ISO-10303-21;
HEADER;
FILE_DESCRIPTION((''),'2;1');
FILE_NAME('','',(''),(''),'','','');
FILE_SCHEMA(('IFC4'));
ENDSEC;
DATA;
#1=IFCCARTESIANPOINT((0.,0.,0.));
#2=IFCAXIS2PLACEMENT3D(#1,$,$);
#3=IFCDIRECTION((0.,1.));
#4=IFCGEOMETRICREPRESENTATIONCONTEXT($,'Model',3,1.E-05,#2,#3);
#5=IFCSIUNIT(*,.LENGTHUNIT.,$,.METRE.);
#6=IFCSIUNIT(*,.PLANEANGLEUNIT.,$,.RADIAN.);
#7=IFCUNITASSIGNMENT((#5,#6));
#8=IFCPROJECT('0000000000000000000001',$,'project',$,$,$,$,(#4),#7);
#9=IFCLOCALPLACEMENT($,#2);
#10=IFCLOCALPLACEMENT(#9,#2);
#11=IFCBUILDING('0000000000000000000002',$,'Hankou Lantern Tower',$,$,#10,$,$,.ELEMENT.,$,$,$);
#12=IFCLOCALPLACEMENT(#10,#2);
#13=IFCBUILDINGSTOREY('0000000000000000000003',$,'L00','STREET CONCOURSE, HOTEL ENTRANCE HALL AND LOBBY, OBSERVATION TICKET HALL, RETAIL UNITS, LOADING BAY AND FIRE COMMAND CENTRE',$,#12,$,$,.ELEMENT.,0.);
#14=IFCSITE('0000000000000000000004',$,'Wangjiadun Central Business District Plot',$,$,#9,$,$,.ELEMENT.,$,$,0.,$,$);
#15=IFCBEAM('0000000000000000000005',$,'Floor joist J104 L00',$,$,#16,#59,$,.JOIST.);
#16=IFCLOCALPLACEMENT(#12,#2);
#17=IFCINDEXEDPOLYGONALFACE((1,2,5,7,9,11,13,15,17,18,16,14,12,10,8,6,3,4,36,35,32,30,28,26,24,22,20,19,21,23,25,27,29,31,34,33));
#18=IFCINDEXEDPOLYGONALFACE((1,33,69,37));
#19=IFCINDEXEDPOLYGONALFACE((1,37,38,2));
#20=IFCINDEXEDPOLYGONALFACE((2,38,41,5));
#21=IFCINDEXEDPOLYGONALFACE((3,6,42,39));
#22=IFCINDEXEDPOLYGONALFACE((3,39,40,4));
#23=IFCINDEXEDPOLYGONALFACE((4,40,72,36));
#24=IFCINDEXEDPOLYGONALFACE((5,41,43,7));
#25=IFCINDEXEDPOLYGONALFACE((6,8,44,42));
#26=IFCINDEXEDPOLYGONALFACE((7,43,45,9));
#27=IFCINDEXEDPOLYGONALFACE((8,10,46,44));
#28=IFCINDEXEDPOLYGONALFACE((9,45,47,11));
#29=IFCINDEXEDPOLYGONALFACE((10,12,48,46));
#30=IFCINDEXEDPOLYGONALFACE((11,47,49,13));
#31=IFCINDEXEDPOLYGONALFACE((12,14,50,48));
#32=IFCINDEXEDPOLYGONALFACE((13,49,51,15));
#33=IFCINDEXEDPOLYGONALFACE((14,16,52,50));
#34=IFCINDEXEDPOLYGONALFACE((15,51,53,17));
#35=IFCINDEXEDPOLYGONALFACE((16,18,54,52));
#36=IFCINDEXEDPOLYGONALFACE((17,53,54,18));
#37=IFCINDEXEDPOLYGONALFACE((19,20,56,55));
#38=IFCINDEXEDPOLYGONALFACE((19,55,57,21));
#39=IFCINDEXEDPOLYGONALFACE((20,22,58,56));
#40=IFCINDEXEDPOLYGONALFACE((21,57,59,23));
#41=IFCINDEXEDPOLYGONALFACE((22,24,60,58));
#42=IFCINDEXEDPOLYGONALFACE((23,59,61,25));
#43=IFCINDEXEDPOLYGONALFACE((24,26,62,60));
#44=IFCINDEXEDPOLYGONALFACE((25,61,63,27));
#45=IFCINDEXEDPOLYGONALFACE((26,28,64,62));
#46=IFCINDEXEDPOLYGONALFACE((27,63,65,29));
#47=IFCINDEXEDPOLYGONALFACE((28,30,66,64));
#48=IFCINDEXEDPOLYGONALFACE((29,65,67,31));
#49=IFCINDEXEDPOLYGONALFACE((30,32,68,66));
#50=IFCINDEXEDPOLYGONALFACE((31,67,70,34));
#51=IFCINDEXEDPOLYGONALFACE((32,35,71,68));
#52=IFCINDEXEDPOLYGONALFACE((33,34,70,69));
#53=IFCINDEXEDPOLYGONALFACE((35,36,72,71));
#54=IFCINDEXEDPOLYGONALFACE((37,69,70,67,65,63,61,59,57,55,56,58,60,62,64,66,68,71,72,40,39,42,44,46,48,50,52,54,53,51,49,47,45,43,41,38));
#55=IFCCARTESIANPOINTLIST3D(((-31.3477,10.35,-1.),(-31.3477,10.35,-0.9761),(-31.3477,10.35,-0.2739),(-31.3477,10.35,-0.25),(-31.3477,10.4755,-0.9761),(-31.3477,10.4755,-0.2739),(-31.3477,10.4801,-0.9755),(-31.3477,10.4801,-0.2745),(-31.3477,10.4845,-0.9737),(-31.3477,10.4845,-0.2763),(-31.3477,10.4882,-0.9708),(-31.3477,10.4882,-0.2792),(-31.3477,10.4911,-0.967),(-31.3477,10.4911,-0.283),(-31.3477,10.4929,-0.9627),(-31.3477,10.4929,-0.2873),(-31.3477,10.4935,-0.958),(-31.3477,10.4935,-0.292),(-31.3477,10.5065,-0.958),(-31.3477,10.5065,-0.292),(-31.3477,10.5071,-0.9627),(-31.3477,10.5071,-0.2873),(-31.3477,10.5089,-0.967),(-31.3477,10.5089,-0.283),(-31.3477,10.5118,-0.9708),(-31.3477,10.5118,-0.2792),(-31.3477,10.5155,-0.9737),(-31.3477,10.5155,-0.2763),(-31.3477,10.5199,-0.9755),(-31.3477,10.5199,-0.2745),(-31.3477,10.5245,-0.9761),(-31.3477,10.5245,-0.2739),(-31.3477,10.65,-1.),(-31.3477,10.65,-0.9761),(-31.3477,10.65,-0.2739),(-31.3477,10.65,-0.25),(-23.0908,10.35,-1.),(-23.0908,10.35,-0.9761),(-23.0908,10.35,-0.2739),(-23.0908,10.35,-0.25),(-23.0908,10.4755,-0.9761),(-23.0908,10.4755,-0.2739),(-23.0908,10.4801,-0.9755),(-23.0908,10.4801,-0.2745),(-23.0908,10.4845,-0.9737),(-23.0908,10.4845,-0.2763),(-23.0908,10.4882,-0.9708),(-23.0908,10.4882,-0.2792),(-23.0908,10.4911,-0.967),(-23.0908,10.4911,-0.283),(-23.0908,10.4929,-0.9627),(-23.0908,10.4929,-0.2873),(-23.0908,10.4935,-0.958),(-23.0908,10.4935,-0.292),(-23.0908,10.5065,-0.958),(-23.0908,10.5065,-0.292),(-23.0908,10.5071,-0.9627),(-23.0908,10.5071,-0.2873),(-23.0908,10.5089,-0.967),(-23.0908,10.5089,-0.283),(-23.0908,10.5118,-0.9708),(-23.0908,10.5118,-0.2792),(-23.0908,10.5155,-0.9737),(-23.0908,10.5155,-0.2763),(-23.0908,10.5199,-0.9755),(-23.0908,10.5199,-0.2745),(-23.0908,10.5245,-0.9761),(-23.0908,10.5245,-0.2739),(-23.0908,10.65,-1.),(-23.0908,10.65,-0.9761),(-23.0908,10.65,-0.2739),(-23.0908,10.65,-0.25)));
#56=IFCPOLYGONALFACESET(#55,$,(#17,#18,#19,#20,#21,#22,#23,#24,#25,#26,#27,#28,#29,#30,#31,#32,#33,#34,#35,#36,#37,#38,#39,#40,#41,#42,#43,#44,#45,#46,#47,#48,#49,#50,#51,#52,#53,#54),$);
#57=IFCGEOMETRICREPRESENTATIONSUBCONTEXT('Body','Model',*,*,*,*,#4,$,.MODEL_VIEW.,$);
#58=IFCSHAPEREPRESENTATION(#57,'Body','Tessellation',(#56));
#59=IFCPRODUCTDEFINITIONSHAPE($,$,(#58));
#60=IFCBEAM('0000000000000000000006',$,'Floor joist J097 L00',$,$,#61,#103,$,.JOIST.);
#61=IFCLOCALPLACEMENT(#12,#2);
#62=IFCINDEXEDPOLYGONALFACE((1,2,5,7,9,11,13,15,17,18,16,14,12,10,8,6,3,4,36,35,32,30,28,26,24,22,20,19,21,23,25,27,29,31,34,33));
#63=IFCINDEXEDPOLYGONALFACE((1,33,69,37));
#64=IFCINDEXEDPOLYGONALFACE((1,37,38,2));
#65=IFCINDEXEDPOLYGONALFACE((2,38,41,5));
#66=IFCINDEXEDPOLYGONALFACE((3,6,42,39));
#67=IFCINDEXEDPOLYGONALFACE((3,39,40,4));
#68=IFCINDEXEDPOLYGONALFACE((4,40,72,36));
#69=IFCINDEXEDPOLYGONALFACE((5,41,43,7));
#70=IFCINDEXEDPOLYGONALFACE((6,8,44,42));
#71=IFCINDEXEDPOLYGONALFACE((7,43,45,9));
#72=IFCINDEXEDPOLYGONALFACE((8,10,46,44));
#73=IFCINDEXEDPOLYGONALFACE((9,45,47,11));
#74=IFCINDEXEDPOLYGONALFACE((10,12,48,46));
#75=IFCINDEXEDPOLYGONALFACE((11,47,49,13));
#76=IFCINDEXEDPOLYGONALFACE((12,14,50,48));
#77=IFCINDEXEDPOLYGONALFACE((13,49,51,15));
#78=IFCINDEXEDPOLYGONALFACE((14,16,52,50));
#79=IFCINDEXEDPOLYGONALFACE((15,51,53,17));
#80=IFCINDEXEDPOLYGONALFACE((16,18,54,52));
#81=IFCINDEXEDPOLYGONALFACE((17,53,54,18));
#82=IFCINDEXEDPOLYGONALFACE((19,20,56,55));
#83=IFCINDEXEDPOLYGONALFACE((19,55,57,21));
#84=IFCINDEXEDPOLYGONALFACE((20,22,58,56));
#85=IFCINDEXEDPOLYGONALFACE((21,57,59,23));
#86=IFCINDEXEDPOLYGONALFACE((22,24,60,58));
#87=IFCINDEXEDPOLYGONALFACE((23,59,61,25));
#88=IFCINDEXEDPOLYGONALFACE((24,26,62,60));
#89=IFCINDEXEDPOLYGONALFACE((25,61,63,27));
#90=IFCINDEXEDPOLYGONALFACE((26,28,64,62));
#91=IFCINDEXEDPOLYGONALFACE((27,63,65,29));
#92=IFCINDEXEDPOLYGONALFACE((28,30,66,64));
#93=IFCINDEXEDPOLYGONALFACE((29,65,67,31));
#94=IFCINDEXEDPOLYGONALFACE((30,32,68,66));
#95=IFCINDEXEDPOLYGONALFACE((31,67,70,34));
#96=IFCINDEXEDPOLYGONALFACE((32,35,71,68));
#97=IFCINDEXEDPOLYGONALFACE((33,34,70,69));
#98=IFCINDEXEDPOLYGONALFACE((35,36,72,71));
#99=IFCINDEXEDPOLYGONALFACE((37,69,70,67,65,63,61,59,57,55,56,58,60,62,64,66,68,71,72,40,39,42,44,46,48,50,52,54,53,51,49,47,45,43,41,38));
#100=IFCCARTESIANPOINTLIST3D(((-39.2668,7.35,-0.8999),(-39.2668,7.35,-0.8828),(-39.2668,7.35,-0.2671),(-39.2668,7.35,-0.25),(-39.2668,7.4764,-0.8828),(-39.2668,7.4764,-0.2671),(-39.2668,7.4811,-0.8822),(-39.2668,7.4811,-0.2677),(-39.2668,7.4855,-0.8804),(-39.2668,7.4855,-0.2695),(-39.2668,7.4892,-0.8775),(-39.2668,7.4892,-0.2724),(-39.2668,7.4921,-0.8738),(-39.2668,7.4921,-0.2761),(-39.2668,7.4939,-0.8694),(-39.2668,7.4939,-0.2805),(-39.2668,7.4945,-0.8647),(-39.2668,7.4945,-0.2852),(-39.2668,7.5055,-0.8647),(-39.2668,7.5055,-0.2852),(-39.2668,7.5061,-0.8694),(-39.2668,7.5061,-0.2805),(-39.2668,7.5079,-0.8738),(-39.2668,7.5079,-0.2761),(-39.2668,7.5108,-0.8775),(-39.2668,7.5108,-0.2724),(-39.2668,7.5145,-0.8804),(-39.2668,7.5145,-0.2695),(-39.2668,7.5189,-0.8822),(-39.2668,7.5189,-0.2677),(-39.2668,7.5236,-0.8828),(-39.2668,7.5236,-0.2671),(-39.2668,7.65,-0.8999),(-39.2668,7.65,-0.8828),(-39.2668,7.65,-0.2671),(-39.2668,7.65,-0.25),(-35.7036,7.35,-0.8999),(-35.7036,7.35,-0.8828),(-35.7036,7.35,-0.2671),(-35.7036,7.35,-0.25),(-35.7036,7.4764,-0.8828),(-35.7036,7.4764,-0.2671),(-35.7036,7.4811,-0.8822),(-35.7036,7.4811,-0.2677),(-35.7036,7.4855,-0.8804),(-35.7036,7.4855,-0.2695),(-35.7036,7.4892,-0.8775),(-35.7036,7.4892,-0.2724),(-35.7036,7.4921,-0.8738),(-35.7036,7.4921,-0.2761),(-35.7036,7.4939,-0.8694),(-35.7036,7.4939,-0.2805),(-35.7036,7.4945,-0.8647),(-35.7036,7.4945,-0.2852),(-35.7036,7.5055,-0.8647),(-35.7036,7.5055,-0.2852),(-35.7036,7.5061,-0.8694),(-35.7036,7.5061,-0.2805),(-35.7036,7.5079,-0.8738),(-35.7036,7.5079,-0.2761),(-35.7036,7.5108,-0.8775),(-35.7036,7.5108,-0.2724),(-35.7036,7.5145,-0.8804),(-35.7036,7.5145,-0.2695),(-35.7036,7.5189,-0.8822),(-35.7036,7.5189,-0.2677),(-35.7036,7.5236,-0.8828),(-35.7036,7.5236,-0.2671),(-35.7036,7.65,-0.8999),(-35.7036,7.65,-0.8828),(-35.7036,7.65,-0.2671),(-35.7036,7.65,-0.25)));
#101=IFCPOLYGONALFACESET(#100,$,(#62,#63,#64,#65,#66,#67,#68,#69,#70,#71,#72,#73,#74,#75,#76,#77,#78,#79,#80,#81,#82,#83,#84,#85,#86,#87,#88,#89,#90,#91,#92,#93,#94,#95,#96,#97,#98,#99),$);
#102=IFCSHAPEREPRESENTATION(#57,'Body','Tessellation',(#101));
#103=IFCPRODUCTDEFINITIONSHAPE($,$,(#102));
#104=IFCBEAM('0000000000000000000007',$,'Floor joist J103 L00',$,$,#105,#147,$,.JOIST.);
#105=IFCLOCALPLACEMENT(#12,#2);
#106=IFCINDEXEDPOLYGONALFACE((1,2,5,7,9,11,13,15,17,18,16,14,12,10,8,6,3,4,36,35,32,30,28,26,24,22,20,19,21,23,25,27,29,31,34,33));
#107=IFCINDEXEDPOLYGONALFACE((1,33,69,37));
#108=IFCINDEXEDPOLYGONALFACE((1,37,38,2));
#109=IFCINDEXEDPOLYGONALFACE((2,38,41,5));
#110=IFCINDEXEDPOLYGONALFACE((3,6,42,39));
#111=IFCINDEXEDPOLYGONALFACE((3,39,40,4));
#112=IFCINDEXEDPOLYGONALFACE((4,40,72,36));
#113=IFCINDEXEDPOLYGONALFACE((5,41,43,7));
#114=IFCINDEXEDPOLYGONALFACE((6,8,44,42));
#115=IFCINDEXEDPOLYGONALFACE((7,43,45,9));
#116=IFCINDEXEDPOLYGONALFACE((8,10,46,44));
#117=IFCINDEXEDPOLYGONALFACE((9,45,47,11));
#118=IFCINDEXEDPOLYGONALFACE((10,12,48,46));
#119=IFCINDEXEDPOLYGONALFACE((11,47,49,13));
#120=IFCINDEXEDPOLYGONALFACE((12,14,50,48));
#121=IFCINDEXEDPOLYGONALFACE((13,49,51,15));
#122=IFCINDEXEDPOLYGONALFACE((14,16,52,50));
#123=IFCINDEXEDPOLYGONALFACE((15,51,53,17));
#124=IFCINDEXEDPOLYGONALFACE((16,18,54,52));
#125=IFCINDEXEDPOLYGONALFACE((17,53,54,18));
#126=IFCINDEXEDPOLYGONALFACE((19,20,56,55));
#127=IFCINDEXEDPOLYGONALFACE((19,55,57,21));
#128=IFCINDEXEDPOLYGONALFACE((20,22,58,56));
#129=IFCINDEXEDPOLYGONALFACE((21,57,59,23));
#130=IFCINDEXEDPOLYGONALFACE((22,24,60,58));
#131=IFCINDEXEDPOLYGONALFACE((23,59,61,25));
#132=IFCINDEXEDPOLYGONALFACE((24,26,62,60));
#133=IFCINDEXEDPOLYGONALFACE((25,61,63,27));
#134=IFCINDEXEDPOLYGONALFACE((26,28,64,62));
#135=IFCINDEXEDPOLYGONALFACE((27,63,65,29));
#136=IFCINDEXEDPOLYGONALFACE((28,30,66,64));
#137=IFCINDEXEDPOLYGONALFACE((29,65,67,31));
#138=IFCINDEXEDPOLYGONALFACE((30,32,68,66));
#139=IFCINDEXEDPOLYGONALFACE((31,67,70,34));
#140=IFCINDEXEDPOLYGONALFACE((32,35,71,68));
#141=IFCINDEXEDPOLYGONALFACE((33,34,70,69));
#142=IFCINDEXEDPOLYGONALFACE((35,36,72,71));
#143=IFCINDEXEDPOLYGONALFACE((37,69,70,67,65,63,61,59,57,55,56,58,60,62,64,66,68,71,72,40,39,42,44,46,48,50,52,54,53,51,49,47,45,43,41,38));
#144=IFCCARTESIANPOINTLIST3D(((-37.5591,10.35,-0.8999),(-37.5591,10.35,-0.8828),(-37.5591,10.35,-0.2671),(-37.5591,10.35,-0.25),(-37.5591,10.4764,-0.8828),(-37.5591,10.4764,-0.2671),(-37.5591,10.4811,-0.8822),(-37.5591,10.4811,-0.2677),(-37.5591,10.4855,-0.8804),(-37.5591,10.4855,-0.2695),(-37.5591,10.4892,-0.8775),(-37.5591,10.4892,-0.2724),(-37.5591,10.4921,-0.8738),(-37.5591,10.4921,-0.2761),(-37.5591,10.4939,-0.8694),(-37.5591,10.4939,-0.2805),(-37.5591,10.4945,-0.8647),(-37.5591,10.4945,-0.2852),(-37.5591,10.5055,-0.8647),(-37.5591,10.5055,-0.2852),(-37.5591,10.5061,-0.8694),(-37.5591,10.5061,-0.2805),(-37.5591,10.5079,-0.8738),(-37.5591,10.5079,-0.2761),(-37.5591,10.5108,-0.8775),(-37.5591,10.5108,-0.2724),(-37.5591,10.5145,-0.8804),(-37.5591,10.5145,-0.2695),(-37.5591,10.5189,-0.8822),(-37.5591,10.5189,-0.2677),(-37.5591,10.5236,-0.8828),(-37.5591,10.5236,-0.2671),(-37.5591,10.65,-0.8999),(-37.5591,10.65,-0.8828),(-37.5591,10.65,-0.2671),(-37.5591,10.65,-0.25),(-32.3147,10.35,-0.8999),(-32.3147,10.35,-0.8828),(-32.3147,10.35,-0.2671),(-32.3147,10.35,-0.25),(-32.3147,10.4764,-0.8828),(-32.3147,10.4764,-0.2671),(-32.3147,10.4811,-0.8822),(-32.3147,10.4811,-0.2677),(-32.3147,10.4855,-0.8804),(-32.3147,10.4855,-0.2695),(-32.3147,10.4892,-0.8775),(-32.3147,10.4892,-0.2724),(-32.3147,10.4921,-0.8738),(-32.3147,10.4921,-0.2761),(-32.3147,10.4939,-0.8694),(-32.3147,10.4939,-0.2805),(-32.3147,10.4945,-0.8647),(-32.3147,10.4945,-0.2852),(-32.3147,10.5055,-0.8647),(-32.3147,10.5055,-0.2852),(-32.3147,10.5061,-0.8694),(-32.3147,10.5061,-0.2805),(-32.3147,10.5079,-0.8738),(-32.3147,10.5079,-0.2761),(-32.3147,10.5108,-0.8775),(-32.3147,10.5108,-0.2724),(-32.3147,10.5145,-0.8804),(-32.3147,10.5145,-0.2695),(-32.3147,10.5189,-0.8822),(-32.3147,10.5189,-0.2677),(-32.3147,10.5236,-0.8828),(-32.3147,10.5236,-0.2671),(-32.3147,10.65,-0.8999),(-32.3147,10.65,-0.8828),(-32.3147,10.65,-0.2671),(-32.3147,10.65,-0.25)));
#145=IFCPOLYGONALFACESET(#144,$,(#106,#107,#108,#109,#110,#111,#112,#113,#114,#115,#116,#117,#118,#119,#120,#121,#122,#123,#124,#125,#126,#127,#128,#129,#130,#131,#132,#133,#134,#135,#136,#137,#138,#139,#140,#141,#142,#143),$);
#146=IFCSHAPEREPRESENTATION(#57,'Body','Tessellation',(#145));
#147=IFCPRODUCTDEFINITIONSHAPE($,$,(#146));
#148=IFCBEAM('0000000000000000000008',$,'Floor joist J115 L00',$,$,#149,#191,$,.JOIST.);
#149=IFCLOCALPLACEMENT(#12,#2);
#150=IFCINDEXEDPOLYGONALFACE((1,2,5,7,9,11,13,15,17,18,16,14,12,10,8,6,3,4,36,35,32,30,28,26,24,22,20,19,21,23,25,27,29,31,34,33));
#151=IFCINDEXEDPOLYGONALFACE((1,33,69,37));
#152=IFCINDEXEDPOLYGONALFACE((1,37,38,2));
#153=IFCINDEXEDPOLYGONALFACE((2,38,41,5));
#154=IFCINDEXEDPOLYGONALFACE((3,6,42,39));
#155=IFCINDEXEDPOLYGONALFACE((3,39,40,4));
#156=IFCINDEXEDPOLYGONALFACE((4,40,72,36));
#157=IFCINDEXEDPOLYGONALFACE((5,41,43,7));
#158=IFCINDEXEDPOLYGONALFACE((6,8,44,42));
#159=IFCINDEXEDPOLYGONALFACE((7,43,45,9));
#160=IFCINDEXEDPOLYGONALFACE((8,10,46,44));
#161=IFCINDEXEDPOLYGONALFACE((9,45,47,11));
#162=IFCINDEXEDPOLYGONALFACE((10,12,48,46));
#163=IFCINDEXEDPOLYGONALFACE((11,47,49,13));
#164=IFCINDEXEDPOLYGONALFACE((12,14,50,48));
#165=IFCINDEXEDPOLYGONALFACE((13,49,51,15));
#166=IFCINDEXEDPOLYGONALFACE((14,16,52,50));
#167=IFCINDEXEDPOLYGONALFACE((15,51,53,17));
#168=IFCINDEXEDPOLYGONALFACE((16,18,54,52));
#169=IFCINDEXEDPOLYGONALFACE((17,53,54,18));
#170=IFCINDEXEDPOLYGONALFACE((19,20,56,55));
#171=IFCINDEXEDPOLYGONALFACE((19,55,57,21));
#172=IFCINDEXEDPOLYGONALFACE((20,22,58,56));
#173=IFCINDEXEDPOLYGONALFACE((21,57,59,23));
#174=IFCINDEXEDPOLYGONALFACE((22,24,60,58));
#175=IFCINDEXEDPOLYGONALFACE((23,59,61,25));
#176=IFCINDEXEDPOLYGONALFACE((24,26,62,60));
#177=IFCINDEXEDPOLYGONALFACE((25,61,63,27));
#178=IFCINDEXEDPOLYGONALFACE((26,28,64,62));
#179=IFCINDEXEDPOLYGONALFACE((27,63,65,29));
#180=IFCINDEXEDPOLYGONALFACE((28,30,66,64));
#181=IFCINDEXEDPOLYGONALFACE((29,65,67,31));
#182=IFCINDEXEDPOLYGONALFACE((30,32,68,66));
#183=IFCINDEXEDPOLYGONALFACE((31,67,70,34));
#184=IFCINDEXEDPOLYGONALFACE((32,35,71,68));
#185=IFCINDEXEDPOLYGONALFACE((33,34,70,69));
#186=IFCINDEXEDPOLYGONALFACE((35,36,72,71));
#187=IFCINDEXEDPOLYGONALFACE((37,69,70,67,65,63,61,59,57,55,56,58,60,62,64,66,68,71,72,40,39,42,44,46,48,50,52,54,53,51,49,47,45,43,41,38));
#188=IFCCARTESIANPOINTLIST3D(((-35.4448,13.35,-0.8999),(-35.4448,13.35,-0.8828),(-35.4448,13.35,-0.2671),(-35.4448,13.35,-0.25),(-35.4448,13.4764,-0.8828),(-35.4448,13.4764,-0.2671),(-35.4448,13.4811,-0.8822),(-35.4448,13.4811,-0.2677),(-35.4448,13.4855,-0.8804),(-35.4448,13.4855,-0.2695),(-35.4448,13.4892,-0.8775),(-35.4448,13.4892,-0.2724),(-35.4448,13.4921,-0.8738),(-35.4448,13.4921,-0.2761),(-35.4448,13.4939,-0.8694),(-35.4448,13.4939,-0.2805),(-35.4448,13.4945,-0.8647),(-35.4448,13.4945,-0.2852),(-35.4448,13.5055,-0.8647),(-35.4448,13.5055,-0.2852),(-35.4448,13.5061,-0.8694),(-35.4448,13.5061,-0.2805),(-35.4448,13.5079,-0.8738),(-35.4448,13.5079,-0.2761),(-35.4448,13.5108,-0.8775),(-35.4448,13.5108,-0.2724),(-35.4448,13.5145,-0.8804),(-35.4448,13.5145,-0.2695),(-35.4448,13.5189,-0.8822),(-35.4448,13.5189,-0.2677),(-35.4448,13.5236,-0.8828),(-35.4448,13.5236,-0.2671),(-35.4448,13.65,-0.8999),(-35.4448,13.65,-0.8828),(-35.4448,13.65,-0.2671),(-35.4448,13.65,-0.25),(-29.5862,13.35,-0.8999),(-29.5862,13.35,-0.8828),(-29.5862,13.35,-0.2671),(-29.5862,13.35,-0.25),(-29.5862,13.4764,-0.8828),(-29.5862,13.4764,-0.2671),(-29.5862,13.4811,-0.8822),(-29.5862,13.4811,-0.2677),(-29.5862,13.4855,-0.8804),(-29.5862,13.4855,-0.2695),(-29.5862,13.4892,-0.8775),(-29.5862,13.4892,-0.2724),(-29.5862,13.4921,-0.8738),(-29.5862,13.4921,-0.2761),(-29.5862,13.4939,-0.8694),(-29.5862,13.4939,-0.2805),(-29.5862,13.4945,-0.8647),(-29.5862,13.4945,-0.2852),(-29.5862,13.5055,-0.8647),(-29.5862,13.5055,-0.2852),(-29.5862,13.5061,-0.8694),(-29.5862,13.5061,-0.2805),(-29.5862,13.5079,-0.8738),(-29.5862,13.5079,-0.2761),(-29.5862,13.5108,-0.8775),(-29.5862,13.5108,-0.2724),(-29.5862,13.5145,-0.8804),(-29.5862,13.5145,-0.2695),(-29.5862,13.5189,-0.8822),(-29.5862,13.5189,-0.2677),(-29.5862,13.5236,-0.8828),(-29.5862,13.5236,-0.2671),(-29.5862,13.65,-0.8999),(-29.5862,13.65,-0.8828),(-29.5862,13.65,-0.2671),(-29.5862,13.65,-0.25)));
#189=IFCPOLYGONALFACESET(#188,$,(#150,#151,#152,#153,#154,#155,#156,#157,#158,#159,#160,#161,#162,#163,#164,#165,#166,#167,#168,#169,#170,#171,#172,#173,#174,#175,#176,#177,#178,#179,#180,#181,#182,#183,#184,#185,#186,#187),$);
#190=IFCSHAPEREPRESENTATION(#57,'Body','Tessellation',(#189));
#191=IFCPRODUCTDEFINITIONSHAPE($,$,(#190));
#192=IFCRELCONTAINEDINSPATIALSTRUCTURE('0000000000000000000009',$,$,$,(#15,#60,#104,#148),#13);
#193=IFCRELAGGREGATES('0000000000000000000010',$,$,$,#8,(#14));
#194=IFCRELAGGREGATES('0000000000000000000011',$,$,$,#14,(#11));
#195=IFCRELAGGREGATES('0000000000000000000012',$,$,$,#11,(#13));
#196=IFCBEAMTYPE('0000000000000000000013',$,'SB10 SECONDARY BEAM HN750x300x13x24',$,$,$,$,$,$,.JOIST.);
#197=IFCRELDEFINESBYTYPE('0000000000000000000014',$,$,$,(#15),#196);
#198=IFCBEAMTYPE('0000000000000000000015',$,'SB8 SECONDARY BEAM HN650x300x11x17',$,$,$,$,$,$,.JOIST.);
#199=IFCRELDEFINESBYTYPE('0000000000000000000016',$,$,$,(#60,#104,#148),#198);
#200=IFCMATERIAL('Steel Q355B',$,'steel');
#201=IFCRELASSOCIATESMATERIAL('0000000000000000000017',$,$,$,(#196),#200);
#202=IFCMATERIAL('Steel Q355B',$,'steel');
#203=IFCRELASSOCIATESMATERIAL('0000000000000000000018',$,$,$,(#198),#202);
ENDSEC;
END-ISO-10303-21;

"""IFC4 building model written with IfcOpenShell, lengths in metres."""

from ifc_helpers import new_model, si_unit, direction, frame, origin, origin_2d, place, context, subcontext, project, spatial, i_section, extrude, material, material_profile, profile_set, type_object, element, save


model = new_model("IFC4")

# Units and contexts
model_context = context("Model", 3, precision=1e-05, world=origin(), true_north=direction((0.0, 1.0)))
body_context = subcontext(model_context, "Body", "Model", "MODEL_VIEW")
ifc_project = project(units=[si_unit("LENGTHUNIT", "METRE"), si_unit("PLANEANGLEUNIT", "RADIAN")], contexts=[model_context])

# Site, building, storey
site_placement = place(None, origin())
site = spatial("IfcSite", under=ifc_project, at=site_placement, Name="Wangjiadun Central Business District Plot", CompositionType="ELEMENT", RefElevation=0.0)
building_placement = place(site_placement, origin())
building = spatial("IfcBuilding", under=site, at=building_placement, Name="Hankou Lantern Tower", CompositionType="ELEMENT")
storey_placement = place(building_placement, origin())
storey = spatial("IfcBuildingStorey", under=building, at=storey_placement, Name="L00", Description="STREET CONCOURSE, HOTEL ENTRANCE HALL AND LOBBY, OBSERVATION TICKET HALL, RETAIL UNITS, LOADING BAY AND FIRE COMMAND CENTRE", CompositionType="ELEMENT", Elevation=0.0)

# Beams
ifc_material_1 = material(Name="Steel Q355B", Category="steel")
ifc_material_profile_1 = material_profile(ifc_material_1, i_section(OverallWidth=0.3, OverallDepth=0.75, WebThickness=0.0129, FlangeThickness=0.0239, FilletRadius=0.0181, at=origin_2d()), Name="HN750x300x13x24")
ifc_profile_set_1 = profile_set([ifc_material_profile_1], Name="Steel Q355B")
beam_type_1 = type_object("IfcBeamType", Name="SB10 SECONDARY BEAM HN750x300x13x24", PredefinedType="JOIST", material=ifc_profile_set_1)
beam_1_placement = place(storey_placement, frame((-31.3477, 10.5, -0.625), z_axis=(1.0, 0.0, 0.0), x_axis=(0.0, 1.0, 0.0)))
element("IfcBeam", 1, at=beam_1_placement, inside=storey, type_object=beam_type_1, Name="Floor joist J104 L00", PredefinedType="JOIST", context=body_context, shape_type="SweptSolid", body=[
    extrude(i_section(OverallWidth=0.3, OverallDepth=0.75, WebThickness=0.0129, FlangeThickness=0.0239, FilletRadius=0.0181, at=origin_2d()), origin(), (0.0, 0.0, 1.0), 8.2568),
])
ifc_material_2 = material(Name="Steel Q355B", Category="steel")
ifc_material_profile_2 = material_profile(ifc_material_2, i_section(OverallWidth=0.3, OverallDepth=0.6499, WebThickness=0.011, FlangeThickness=0.0171, FilletRadius=0.0181, at=origin_2d()), Name="HN650x300x11x17")
ifc_profile_set_2 = profile_set([ifc_material_profile_2], Name="Steel Q355B")
beam_type_2 = type_object("IfcBeamType", Name="SB8 SECONDARY BEAM HN650x300x11x17", PredefinedType="JOIST", material=ifc_profile_set_2)
beam_2_placement = place(storey_placement, frame((-39.2668, 7.5, -0.575), z_axis=(1.0, 0.0, 0.0), x_axis=(0.0, 1.0, 0.0)))
element("IfcBeam", 2, at=beam_2_placement, inside=storey, type_object=beam_type_2, Name="Floor joist J097 L00", PredefinedType="JOIST", context=body_context, shape_type="SweptSolid", body=[
    extrude(i_section(OverallWidth=0.3, OverallDepth=0.6499, WebThickness=0.011, FlangeThickness=0.0171, FilletRadius=0.0181, at=origin_2d()), origin(), (0.0, 0.0, 1.0), 3.5632),
])
beam_3_placement = place(storey_placement, frame((-37.5591, 10.5, -0.575), z_axis=(1.0, 0.0, 0.0), x_axis=(0.0, 1.0, 0.0)))
element("IfcBeam", 3, at=beam_3_placement, inside=storey, type_object=beam_type_2, Name="Floor joist J103 L00", PredefinedType="JOIST", context=body_context, shape_type="SweptSolid", body=[
    extrude(i_section(OverallWidth=0.3, OverallDepth=0.6499, WebThickness=0.011, FlangeThickness=0.0171, FilletRadius=0.0181, at=origin_2d()), origin(), (0.0, 0.0, 1.0), 5.2444),
])
beam_4_placement = place(storey_placement, frame((-35.4448, 13.5, -0.575), z_axis=(1.0, 0.0, 0.0), x_axis=(0.0, 1.0, 0.0)))
element("IfcBeam", 4, at=beam_4_placement, inside=storey, type_object=beam_type_2, Name="Floor joist J115 L00", PredefinedType="JOIST", context=body_context, shape_type="SweptSolid", body=[
    extrude(i_section(OverallWidth=0.3, OverallDepth=0.6499, WebThickness=0.011, FlangeThickness=0.0171, FilletRadius=0.0181, at=origin_2d()), origin(), (0.0, 0.0, 1.0), 5.8586),
])

save(model, "model.ifc")
